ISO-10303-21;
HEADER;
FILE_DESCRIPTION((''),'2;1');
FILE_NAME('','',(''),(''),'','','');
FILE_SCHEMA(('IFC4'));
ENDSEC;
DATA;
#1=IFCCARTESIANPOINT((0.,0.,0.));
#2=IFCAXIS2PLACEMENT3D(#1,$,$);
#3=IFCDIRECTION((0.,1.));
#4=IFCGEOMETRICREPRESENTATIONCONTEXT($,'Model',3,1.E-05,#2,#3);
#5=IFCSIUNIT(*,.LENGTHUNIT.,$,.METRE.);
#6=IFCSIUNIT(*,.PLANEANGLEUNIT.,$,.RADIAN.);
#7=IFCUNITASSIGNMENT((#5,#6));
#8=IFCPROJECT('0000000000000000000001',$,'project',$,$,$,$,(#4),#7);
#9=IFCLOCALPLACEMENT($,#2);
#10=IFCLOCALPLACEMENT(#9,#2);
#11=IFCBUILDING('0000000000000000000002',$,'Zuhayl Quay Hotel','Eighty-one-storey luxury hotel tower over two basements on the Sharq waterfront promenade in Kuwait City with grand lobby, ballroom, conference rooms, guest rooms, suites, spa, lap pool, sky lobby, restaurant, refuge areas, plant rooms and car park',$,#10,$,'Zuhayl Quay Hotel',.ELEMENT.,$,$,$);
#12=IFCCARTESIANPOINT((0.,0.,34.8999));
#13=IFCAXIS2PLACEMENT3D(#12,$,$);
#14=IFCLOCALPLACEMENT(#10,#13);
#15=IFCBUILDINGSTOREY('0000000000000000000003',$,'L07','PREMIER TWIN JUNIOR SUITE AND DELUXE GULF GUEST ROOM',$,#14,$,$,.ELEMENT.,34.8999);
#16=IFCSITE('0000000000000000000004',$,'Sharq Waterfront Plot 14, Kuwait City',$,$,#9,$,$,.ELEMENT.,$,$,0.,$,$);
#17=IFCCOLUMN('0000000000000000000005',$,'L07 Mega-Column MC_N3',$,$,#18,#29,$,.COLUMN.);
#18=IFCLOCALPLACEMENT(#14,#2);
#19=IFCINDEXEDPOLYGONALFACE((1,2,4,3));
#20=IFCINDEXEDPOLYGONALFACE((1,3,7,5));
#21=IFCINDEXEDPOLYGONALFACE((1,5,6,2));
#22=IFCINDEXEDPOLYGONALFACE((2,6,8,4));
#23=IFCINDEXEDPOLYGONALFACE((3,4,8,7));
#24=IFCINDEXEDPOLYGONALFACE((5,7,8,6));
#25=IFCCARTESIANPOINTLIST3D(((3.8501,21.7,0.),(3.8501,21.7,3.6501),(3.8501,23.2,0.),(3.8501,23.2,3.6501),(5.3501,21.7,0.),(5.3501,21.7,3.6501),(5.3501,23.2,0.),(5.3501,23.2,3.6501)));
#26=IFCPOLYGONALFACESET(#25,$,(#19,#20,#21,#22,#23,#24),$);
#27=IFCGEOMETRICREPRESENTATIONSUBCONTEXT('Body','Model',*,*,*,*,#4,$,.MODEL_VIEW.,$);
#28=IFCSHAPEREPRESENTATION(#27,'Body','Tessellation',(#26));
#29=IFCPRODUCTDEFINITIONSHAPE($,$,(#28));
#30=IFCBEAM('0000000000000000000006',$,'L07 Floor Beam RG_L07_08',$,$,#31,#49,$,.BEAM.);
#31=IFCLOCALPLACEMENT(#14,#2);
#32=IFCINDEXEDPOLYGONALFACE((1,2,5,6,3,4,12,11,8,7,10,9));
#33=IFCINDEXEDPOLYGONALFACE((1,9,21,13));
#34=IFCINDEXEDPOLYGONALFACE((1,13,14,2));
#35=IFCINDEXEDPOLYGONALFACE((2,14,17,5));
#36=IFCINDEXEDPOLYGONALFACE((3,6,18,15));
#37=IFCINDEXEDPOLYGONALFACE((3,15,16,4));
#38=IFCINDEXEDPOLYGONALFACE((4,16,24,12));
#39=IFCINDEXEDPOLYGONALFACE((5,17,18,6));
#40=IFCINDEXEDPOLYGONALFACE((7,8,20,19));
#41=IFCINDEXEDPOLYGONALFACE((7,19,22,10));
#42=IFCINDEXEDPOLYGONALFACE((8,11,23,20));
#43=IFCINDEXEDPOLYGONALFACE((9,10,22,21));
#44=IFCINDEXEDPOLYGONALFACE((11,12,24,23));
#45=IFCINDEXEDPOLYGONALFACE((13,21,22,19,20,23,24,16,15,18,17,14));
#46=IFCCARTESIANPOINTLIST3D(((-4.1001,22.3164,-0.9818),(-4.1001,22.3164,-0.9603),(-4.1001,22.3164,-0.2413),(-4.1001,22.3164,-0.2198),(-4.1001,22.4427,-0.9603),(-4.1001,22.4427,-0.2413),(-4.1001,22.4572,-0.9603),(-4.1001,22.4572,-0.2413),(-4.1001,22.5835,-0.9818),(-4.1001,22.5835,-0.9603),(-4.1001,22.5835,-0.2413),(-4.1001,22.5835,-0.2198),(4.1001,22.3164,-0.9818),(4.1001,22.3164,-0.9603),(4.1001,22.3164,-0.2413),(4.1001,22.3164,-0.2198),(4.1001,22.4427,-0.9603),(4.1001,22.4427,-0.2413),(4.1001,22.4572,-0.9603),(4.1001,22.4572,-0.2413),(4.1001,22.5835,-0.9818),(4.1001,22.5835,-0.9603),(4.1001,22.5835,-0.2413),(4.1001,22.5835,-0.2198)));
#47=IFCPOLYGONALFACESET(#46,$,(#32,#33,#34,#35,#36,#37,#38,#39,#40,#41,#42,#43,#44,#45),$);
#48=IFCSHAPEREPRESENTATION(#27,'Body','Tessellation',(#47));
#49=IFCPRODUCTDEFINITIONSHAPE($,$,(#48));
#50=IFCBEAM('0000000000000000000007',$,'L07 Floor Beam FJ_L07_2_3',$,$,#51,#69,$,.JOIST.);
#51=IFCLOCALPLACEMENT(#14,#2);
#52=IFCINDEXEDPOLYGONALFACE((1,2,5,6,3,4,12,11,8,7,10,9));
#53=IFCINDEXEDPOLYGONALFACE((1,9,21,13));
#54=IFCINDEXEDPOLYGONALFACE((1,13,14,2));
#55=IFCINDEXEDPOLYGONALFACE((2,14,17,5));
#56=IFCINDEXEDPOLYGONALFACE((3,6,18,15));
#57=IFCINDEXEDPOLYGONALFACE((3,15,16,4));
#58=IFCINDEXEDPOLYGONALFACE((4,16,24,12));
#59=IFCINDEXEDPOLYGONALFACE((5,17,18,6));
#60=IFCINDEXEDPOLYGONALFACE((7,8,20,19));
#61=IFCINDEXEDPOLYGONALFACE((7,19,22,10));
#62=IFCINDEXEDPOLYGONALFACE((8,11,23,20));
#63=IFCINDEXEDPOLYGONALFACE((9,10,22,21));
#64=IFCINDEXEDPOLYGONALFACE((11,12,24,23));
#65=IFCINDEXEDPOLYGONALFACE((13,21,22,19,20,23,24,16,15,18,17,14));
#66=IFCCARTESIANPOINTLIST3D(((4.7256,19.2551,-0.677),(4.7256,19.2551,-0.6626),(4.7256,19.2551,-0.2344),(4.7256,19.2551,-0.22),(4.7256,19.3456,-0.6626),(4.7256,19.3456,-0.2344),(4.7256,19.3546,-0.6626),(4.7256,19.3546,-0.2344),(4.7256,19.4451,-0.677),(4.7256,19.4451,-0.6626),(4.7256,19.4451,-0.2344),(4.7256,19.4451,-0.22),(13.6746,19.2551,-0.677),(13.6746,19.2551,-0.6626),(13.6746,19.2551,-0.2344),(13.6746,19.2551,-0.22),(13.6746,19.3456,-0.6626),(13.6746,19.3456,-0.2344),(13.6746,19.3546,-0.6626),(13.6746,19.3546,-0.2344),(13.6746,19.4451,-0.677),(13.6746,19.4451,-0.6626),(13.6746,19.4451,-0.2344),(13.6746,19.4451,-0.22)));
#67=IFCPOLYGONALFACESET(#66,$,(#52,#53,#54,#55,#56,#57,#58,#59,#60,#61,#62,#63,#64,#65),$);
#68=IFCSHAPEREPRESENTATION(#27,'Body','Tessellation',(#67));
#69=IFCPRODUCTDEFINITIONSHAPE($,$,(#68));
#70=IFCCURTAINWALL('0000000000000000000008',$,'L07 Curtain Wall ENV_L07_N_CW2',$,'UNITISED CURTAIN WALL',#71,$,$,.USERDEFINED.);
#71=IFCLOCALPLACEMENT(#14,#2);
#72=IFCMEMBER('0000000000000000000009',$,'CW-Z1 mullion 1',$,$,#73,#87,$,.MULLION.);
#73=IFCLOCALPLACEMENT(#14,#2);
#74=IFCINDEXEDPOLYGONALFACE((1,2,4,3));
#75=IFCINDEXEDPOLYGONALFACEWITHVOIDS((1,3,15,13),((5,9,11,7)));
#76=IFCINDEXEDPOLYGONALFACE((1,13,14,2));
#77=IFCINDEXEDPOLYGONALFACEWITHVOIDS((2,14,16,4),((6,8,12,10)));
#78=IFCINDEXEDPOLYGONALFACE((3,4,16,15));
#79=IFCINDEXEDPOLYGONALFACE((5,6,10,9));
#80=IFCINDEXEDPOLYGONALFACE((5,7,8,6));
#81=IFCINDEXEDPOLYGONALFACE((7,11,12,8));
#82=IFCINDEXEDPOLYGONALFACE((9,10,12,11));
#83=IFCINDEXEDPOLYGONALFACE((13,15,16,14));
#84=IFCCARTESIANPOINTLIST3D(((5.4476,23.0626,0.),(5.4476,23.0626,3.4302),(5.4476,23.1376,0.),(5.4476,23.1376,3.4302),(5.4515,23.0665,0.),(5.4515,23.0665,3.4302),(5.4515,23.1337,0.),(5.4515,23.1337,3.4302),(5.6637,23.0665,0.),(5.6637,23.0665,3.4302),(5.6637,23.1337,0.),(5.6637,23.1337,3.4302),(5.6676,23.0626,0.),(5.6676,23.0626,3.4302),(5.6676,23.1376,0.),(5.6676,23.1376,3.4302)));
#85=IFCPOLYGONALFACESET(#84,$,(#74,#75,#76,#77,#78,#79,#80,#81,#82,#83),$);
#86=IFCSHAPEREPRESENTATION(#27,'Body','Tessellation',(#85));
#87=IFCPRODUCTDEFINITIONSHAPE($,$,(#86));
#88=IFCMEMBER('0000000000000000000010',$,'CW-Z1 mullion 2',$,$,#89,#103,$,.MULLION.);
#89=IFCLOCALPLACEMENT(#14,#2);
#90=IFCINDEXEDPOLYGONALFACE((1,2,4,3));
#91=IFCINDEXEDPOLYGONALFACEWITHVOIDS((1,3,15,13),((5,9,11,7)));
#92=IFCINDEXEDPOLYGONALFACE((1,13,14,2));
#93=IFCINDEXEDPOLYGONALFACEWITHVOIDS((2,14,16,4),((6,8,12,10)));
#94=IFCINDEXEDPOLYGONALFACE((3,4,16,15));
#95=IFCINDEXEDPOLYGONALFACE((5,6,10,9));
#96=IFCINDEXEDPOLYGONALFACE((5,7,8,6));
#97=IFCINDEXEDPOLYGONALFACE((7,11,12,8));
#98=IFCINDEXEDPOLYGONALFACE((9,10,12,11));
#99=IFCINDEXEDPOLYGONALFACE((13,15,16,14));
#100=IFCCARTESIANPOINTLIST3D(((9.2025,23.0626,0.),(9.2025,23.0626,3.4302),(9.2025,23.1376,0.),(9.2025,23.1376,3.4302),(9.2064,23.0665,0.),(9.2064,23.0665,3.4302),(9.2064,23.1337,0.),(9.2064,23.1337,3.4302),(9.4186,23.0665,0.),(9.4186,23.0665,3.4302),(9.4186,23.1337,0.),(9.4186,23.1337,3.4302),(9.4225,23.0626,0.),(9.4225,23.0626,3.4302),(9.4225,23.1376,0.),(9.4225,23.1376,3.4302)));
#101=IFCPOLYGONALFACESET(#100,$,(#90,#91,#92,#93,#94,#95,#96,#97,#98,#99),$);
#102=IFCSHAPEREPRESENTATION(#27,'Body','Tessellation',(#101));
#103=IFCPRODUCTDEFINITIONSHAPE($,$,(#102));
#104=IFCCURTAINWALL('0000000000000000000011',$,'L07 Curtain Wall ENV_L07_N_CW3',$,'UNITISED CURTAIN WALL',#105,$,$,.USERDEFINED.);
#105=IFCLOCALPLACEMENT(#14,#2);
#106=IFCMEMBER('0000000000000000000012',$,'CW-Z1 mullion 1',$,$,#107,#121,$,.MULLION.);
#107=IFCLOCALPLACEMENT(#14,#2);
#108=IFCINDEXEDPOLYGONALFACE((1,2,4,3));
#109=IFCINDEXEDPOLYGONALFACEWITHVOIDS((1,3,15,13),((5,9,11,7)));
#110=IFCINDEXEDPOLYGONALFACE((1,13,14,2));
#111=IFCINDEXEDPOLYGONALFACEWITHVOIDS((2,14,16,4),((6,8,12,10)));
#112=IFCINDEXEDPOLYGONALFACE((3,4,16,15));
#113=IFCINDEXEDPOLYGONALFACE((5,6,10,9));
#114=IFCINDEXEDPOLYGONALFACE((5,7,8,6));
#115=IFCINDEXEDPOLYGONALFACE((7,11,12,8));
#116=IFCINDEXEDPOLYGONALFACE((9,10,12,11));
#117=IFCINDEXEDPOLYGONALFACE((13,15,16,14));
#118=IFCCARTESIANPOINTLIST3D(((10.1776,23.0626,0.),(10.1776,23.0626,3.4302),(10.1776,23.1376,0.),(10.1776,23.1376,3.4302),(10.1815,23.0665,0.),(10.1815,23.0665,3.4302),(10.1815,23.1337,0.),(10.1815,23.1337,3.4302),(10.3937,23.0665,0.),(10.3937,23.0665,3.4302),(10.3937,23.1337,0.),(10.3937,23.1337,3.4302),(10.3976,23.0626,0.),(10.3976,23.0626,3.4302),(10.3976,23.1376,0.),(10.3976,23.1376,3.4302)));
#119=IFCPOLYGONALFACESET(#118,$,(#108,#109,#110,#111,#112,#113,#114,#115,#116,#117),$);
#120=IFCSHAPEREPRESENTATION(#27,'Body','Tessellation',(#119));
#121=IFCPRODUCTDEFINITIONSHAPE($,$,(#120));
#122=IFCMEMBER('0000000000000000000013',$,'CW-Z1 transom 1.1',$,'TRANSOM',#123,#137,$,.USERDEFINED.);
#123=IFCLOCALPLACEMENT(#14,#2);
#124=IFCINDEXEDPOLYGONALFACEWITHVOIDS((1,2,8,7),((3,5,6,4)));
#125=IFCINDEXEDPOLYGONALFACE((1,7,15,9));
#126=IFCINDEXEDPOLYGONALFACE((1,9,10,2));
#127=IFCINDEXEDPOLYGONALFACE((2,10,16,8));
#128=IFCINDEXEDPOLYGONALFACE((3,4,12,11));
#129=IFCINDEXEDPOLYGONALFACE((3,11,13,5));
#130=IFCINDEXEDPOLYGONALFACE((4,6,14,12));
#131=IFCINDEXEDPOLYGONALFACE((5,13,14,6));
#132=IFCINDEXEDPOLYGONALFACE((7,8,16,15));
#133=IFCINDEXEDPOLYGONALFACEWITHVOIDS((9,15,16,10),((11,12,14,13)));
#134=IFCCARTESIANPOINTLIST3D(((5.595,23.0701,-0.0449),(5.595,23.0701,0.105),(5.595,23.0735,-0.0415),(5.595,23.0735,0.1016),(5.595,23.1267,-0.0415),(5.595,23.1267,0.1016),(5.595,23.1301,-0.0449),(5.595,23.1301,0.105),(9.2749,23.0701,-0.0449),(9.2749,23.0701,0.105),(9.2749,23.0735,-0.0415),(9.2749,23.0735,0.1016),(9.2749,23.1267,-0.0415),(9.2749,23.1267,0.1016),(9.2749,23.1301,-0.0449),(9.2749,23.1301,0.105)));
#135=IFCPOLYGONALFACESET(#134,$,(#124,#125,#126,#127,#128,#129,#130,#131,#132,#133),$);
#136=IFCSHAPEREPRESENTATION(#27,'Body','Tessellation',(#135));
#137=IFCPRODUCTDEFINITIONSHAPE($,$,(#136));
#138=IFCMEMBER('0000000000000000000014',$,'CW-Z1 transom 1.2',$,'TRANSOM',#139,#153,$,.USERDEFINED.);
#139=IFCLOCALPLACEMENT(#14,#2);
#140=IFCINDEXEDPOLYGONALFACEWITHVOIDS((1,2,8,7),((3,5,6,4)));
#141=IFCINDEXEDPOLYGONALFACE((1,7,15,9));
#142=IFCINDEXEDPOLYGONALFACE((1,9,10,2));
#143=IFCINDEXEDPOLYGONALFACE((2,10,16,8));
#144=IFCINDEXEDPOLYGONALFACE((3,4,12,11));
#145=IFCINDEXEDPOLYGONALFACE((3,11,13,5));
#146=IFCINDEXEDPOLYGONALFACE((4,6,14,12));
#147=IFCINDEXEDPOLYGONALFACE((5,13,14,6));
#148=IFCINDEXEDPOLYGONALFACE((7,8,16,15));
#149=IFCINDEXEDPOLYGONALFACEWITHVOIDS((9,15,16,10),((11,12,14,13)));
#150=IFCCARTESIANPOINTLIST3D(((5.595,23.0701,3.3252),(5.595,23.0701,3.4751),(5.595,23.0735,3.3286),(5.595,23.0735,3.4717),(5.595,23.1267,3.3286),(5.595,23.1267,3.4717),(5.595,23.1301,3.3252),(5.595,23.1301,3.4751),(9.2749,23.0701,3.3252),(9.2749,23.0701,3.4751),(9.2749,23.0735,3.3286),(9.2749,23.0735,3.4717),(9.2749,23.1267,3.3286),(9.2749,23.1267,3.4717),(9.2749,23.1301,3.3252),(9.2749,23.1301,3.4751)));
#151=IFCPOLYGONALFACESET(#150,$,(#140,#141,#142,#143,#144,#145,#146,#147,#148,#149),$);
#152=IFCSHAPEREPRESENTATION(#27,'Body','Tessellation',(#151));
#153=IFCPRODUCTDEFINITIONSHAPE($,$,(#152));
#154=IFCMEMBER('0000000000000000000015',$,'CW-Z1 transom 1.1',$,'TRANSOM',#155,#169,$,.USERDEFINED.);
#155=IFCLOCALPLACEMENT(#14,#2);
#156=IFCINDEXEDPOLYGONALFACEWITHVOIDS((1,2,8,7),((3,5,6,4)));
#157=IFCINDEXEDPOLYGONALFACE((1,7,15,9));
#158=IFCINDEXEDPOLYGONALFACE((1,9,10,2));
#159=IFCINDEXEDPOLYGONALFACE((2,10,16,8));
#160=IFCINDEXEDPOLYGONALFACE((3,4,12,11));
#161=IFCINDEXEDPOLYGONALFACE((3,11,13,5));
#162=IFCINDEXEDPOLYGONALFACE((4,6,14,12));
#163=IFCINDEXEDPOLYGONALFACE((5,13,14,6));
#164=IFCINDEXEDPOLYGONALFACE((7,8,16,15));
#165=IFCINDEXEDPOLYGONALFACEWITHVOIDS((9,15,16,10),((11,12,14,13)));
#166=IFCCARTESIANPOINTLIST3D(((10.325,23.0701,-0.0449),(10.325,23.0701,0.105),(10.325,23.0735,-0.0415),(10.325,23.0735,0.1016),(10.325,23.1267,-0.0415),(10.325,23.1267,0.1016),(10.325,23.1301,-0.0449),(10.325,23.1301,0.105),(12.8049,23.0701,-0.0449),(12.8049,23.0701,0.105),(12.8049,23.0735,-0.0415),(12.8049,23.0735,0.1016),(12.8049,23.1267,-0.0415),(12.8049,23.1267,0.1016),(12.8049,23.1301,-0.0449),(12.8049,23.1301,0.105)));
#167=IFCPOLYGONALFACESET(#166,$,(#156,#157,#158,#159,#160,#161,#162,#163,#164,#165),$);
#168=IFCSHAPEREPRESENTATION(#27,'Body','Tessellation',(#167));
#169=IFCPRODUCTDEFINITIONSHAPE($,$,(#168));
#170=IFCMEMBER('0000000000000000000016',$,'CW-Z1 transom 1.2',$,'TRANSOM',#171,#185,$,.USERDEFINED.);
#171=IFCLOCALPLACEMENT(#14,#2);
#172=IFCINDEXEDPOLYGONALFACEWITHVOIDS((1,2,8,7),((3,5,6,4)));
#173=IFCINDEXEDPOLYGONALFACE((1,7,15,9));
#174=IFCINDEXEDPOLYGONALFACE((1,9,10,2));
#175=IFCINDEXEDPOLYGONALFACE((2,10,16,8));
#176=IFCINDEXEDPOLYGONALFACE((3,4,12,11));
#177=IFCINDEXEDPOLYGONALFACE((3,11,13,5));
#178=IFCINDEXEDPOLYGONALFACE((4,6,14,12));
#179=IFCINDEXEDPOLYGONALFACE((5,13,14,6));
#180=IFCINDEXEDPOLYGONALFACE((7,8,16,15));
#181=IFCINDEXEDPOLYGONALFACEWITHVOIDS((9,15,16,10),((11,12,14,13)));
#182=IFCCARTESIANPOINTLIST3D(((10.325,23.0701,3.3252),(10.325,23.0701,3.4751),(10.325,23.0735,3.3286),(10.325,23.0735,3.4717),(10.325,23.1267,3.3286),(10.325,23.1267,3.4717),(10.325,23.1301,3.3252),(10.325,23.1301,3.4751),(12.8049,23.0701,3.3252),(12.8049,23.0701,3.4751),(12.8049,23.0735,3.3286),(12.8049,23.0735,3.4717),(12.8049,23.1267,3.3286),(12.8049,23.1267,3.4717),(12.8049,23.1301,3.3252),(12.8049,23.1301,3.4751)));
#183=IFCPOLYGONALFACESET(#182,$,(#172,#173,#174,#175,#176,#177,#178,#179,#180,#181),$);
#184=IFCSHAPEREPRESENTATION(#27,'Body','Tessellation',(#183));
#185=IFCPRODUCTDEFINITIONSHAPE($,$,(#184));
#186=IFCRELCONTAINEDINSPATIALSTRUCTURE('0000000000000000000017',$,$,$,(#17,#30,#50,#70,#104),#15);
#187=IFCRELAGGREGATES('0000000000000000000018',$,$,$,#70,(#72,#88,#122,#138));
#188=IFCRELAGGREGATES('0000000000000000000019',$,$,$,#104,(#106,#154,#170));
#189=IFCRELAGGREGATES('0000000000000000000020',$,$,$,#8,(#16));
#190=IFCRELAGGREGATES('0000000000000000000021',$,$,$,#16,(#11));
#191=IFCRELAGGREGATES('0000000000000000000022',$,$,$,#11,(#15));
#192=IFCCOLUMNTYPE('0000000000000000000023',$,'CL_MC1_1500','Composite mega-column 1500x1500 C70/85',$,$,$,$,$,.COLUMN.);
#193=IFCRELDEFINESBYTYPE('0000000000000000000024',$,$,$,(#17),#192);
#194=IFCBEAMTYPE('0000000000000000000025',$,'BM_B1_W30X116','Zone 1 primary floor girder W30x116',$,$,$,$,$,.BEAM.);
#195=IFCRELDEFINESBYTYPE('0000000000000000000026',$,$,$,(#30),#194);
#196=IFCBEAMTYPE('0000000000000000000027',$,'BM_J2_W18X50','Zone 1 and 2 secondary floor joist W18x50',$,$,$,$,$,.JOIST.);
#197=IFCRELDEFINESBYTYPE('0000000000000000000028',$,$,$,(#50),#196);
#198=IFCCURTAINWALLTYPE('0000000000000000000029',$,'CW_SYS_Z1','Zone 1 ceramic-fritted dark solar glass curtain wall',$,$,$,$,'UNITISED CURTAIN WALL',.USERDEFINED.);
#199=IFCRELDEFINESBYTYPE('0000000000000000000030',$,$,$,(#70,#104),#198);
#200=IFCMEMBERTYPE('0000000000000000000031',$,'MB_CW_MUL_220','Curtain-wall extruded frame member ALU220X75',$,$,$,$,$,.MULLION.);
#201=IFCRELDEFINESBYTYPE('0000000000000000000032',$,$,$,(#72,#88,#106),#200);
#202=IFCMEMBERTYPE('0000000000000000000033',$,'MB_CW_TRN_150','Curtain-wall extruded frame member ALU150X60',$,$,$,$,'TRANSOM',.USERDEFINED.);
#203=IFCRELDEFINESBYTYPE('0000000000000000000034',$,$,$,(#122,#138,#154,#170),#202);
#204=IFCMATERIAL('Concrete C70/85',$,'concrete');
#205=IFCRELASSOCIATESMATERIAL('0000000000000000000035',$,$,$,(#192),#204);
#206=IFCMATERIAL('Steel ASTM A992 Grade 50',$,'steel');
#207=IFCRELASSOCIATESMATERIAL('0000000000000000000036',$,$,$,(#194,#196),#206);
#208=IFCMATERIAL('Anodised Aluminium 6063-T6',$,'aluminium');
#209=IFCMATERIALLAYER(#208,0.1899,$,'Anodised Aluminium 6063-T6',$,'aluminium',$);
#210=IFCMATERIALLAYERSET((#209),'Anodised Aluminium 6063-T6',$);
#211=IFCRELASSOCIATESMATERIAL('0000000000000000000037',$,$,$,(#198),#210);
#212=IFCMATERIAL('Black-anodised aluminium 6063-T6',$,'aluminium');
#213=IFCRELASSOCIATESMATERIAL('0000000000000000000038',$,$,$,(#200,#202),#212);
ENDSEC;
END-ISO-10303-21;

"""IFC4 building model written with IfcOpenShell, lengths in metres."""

from ifc_helpers import new_model, si_unit, direction, frame, origin, origin_2d, place, context, subcontext, project, spatial, rectangle, hollow_rectangle, i_section, extrude, material, layer, layer_set, material_profile, profile_set, type_object, element, aggregate, save


model = new_model("IFC4")

# Units and contexts
model_context = context("Model", 3, precision=1e-05, world=origin(), true_north=direction((0.0, 1.0)))
body_context = subcontext(model_context, "Body", "Model", "MODEL_VIEW")
ifc_project = project(units=[si_unit("LENGTHUNIT", "METRE"), si_unit("PLANEANGLEUNIT", "RADIAN")], contexts=[model_context])

# Site, building, storey
site_placement = place(None, origin())
site = spatial("IfcSite", under=ifc_project, at=site_placement, Name="Sharq Waterfront Plot 14, Kuwait City", CompositionType="ELEMENT", RefElevation=0.0)
building_placement = place(site_placement, origin())
building = spatial("IfcBuilding", under=site, at=building_placement, Name="Zuhayl Quay Hotel", Description="Eighty-one-storey luxury hotel tower over two basements on the Sharq waterfront promenade in Kuwait City with grand lobby, ballroom, conference rooms, guest rooms, suites, spa, lap pool, sky lobby, restaurant, refuge areas, plant rooms and car park", LongName="Zuhayl Quay Hotel", CompositionType="ELEMENT")
storey_placement = place(building_placement, frame((0.0, 0.0, 34.8999)))
storey = spatial("IfcBuildingStorey", under=building, at=storey_placement, Name="L07", Description="PREMIER TWIN JUNIOR SUITE AND DELUXE GULF GUEST ROOM", CompositionType="ELEMENT", Elevation=34.8999)

# Column
ifc_material_1 = material(Name="Concrete C70/85", Category="concrete")
ifc_material_profile_1 = material_profile(ifc_material_1, rectangle(XDim=1.5, YDim=1.5, at=origin_2d()), Name="RC1500X1500")
ifc_profile_set_1 = profile_set([ifc_material_profile_1], Name="Concrete C70/85")
column_type = type_object("IfcColumnType", Name="CL_MC1_1500", Description="Composite mega-column 1500x1500 C70/85", PredefinedType="COLUMN", material=ifc_profile_set_1)
column_placement = place(storey_placement, frame((4.6001, 22.45, 0.0), z_axis=(0.0, 0.0, 1.0), x_axis=(1.0, 0.0, 0.0)))
element("IfcColumn", 1, at=column_placement, inside=storey, type_object=column_type, Name="L07 Mega-Column MC_N3", PredefinedType="COLUMN", context=body_context, shape_type="SweptSolid", body=[
    extrude(rectangle(XDim=1.5, YDim=1.5, at=origin_2d()), origin(), (0.0, 0.0, 1.0), 3.6501),
])

# Beams
ifc_material_2 = material(Name="Steel ASTM A992 Grade 50", Category="steel")
ifc_material_profile_2 = material_profile(ifc_material_2, i_section(OverallWidth=0.2671, OverallDepth=0.762, WebThickness=0.0144, FlangeThickness=0.0215, at=origin_2d()), Name="W30X116")
ifc_profile_set_2 = profile_set([ifc_material_profile_2], Name="Steel ASTM A992 Grade 50")
beam_type_1 = type_object("IfcBeamType", Name="BM_B1_W30X116", Description="Zone 1 primary floor girder W30x116", PredefinedType="BEAM", material=ifc_profile_set_2)
beam_1_placement = place(storey_placement, frame((4.1001, 22.45, -0.6008), z_axis=(-1.0, 0.0, 0.0), x_axis=(0.0, -1.0, 0.0)))
element("IfcBeam", 2, at=beam_1_placement, inside=storey, type_object=beam_type_1, Name="L07 Floor Beam RG_L07_08", PredefinedType="BEAM", context=body_context, shape_type="SweptSolid", body=[
    extrude(i_section(OverallWidth=0.2671, OverallDepth=0.762, WebThickness=0.0144, FlangeThickness=0.0215, at=origin_2d()), origin(), (0.0, 0.0, 1.0), 8.2002),
])
ifc_material_profile_3 = material_profile(ifc_material_2, i_section(OverallWidth=0.1899, OverallDepth=0.457, WebThickness=0.009, FlangeThickness=0.0144, at=origin_2d()), Name="W18X50")
ifc_profile_set_3 = profile_set([ifc_material_profile_3], Name="Steel ASTM A992 Grade 50")
beam_type_2 = type_object("IfcBeamType", Name="BM_J2_W18X50", Description="Zone 1 and 2 secondary floor joist W18x50", PredefinedType="JOIST", material=ifc_profile_set_3)
beam_2_placement = place(storey_placement, frame((4.7256, 19.3501, -0.4485), z_axis=(1.0, 0.0, 0.0), x_axis=(0.0, 1.0, 0.0)))
element("IfcBeam", 3, at=beam_2_placement, inside=storey, type_object=beam_type_2, Name="L07 Floor Beam FJ_L07_2_3", PredefinedType="JOIST", context=body_context, shape_type="SweptSolid", body=[
    extrude(i_section(OverallWidth=0.1899, OverallDepth=0.457, WebThickness=0.009, FlangeThickness=0.0144, at=origin_2d()), origin(), (0.0, 0.0, 1.0), 8.949),
])

# Curtain wall, members
ifc_material_3 = material(Name="Anodised Aluminium 6063-T6", Category="aluminium")
ifc_layer_1 = layer(ifc_material_3, 0.1899, Name="Anodised Aluminium 6063-T6", Category="aluminium")
ifc_layer_set_1 = layer_set([ifc_layer_1], Name="Anodised Aluminium 6063-T6")
curtain_wall_type = type_object("IfcCurtainWallType", Name="CW_SYS_Z1", Description="Zone 1 ceramic-fritted dark solar glass curtain wall", ElementType="UNITISED CURTAIN WALL", PredefinedType="USERDEFINED", material=ifc_layer_set_1)
curtain_wall_1_placement = place(storey_placement, origin())
curtain_wall_1 = element("IfcCurtainWall", 4, at=curtain_wall_1_placement, inside=storey, type_object=curtain_wall_type, Name="L07 Curtain Wall ENV_L07_N_CW2", ObjectType="UNITISED CURTAIN WALL", PredefinedType="USERDEFINED")
ifc_material_4 = material(Name="Black-anodised aluminium 6063-T6", Category="aluminium")
ifc_material_profile_4 = material_profile(ifc_material_4, hollow_rectangle(XDim=0.075, YDim=0.22, WallThickness=0.0039, at=origin_2d()), Name="ALU220X75")
ifc_profile_set_4 = profile_set([ifc_material_profile_4], Name="Black-anodised aluminium 6063-T6")
member_type_1 = type_object("IfcMemberType", Name="MB_CW_MUL_220", Description="Curtain-wall extruded frame member ALU220X75", PredefinedType="MULLION", material=ifc_profile_set_4)
member_1_placement = place(storey_placement, frame((5.5576, 23.1001, 0.0), z_axis=(0.0, 0.0, 1.0), x_axis=(0.0, 1.0, 0.0)))
member_1 = element("IfcMember", 5, at=member_1_placement, type_object=member_type_1, Name="CW-Z1 mullion 1", PredefinedType="MULLION", context=body_context, shape_type="SweptSolid", body=[
    extrude(hollow_rectangle(XDim=0.075, YDim=0.22, WallThickness=0.0039, at=origin_2d()), origin(), (0.0, 0.0, 1.0), 3.4302),
])
member_2_placement = place(storey_placement, frame((9.3125, 23.1001, 0.0), z_axis=(0.0, 0.0, 1.0), x_axis=(0.0, 1.0, 0.0)))
member_2 = element("IfcMember", 6, at=member_2_placement, type_object=member_type_1, Name="CW-Z1 mullion 2", PredefinedType="MULLION", context=body_context, shape_type="SweptSolid", body=[
    extrude(hollow_rectangle(XDim=0.075, YDim=0.22, WallThickness=0.0039, at=origin_2d()), origin(), (0.0, 0.0, 1.0), 3.4302),
])

# Curtain wall, member
curtain_wall_2_placement = place(storey_placement, origin())
curtain_wall_2 = element("IfcCurtainWall", 7, at=curtain_wall_2_placement, inside=storey, type_object=curtain_wall_type, Name="L07 Curtain Wall ENV_L07_N_CW3", ObjectType="UNITISED CURTAIN WALL", PredefinedType="USERDEFINED")
member_3_placement = place(storey_placement, frame((10.2876, 23.1001, 0.0), z_axis=(0.0, 0.0, 1.0), x_axis=(0.0, 1.0, 0.0)))
member_3 = element("IfcMember", 8, at=member_3_placement, type_object=member_type_1, Name="CW-Z1 mullion 1", PredefinedType="MULLION", context=body_context, shape_type="SweptSolid", body=[
    extrude(hollow_rectangle(XDim=0.075, YDim=0.22, WallThickness=0.0039, at=origin_2d()), origin(), (0.0, 0.0, 1.0), 3.4302),
])

# Members
ifc_material_profile_5 = material_profile(ifc_material_4, hollow_rectangle(XDim=0.0601, YDim=0.1499, WallThickness=0.0034, at=origin_2d()), Name="ALU150X60")
ifc_profile_set_5 = profile_set([ifc_material_profile_5], Name="Black-anodised aluminium 6063-T6")
member_type_2 = type_object("IfcMemberType", Name="MB_CW_TRN_150", Description="Curtain-wall extruded frame member ALU150X60", ElementType="TRANSOM", PredefinedType="USERDEFINED", material=ifc_profile_set_5)
member_4_placement = place(storey_placement, frame((5.595, 23.1001, 0.03), z_axis=(1.0, 0.0, 0.0), x_axis=(0.0, 1.0, 0.0)))
member_4 = element("IfcMember", 9, at=member_4_placement, type_object=member_type_2, Name="CW-Z1 transom 1.1", ObjectType="TRANSOM", PredefinedType="USERDEFINED", context=body_context, shape_type="SweptSolid", body=[
    extrude(hollow_rectangle(XDim=0.0601, YDim=0.1499, WallThickness=0.0034, at=origin_2d()), origin(), (0.0, 0.0, 1.0), 3.6799),
])
member_5_placement = place(storey_placement, frame((5.595, 23.1001, 3.4001), z_axis=(1.0, 0.0, 0.0), x_axis=(0.0, 1.0, 0.0)))
member_5 = element("IfcMember", 10, at=member_5_placement, type_object=member_type_2, Name="CW-Z1 transom 1.2", ObjectType="TRANSOM", PredefinedType="USERDEFINED", context=body_context, shape_type="SweptSolid", body=[
    extrude(hollow_rectangle(XDim=0.0601, YDim=0.1499, WallThickness=0.0034, at=origin_2d()), origin(), (0.0, 0.0, 1.0), 3.6799),
])
member_6_placement = place(storey_placement, frame((10.325, 23.1001, 0.03), z_axis=(1.0, 0.0, 0.0), x_axis=(0.0, 1.0, 0.0)))
member_6 = element("IfcMember", 11, at=member_6_placement, type_object=member_type_2, Name="CW-Z1 transom 1.1", ObjectType="TRANSOM", PredefinedType="USERDEFINED", context=body_context, shape_type="SweptSolid", body=[
    extrude(hollow_rectangle(XDim=0.0601, YDim=0.1499, WallThickness=0.0034, at=origin_2d()), origin(), (0.0, 0.0, 1.0), 2.48),
])
member_7_placement = place(storey_placement, frame((10.325, 23.1001, 3.4001), z_axis=(1.0, 0.0, 0.0), x_axis=(0.0, 1.0, 0.0)))
member_7 = element("IfcMember", 12, at=member_7_placement, type_object=member_type_2, Name="CW-Z1 transom 1.2", ObjectType="TRANSOM", PredefinedType="USERDEFINED", context=body_context, shape_type="SweptSolid", body=[
    extrude(hollow_rectangle(XDim=0.0601, YDim=0.1499, WallThickness=0.0034, at=origin_2d()), origin(), (0.0, 0.0, 1.0), 2.48),
])

aggregate(curtain_wall_1, [member_1, member_2, member_4, member_5])
aggregate(curtain_wall_2, [member_3, member_6, member_7])

save(model, "model.ifc")
